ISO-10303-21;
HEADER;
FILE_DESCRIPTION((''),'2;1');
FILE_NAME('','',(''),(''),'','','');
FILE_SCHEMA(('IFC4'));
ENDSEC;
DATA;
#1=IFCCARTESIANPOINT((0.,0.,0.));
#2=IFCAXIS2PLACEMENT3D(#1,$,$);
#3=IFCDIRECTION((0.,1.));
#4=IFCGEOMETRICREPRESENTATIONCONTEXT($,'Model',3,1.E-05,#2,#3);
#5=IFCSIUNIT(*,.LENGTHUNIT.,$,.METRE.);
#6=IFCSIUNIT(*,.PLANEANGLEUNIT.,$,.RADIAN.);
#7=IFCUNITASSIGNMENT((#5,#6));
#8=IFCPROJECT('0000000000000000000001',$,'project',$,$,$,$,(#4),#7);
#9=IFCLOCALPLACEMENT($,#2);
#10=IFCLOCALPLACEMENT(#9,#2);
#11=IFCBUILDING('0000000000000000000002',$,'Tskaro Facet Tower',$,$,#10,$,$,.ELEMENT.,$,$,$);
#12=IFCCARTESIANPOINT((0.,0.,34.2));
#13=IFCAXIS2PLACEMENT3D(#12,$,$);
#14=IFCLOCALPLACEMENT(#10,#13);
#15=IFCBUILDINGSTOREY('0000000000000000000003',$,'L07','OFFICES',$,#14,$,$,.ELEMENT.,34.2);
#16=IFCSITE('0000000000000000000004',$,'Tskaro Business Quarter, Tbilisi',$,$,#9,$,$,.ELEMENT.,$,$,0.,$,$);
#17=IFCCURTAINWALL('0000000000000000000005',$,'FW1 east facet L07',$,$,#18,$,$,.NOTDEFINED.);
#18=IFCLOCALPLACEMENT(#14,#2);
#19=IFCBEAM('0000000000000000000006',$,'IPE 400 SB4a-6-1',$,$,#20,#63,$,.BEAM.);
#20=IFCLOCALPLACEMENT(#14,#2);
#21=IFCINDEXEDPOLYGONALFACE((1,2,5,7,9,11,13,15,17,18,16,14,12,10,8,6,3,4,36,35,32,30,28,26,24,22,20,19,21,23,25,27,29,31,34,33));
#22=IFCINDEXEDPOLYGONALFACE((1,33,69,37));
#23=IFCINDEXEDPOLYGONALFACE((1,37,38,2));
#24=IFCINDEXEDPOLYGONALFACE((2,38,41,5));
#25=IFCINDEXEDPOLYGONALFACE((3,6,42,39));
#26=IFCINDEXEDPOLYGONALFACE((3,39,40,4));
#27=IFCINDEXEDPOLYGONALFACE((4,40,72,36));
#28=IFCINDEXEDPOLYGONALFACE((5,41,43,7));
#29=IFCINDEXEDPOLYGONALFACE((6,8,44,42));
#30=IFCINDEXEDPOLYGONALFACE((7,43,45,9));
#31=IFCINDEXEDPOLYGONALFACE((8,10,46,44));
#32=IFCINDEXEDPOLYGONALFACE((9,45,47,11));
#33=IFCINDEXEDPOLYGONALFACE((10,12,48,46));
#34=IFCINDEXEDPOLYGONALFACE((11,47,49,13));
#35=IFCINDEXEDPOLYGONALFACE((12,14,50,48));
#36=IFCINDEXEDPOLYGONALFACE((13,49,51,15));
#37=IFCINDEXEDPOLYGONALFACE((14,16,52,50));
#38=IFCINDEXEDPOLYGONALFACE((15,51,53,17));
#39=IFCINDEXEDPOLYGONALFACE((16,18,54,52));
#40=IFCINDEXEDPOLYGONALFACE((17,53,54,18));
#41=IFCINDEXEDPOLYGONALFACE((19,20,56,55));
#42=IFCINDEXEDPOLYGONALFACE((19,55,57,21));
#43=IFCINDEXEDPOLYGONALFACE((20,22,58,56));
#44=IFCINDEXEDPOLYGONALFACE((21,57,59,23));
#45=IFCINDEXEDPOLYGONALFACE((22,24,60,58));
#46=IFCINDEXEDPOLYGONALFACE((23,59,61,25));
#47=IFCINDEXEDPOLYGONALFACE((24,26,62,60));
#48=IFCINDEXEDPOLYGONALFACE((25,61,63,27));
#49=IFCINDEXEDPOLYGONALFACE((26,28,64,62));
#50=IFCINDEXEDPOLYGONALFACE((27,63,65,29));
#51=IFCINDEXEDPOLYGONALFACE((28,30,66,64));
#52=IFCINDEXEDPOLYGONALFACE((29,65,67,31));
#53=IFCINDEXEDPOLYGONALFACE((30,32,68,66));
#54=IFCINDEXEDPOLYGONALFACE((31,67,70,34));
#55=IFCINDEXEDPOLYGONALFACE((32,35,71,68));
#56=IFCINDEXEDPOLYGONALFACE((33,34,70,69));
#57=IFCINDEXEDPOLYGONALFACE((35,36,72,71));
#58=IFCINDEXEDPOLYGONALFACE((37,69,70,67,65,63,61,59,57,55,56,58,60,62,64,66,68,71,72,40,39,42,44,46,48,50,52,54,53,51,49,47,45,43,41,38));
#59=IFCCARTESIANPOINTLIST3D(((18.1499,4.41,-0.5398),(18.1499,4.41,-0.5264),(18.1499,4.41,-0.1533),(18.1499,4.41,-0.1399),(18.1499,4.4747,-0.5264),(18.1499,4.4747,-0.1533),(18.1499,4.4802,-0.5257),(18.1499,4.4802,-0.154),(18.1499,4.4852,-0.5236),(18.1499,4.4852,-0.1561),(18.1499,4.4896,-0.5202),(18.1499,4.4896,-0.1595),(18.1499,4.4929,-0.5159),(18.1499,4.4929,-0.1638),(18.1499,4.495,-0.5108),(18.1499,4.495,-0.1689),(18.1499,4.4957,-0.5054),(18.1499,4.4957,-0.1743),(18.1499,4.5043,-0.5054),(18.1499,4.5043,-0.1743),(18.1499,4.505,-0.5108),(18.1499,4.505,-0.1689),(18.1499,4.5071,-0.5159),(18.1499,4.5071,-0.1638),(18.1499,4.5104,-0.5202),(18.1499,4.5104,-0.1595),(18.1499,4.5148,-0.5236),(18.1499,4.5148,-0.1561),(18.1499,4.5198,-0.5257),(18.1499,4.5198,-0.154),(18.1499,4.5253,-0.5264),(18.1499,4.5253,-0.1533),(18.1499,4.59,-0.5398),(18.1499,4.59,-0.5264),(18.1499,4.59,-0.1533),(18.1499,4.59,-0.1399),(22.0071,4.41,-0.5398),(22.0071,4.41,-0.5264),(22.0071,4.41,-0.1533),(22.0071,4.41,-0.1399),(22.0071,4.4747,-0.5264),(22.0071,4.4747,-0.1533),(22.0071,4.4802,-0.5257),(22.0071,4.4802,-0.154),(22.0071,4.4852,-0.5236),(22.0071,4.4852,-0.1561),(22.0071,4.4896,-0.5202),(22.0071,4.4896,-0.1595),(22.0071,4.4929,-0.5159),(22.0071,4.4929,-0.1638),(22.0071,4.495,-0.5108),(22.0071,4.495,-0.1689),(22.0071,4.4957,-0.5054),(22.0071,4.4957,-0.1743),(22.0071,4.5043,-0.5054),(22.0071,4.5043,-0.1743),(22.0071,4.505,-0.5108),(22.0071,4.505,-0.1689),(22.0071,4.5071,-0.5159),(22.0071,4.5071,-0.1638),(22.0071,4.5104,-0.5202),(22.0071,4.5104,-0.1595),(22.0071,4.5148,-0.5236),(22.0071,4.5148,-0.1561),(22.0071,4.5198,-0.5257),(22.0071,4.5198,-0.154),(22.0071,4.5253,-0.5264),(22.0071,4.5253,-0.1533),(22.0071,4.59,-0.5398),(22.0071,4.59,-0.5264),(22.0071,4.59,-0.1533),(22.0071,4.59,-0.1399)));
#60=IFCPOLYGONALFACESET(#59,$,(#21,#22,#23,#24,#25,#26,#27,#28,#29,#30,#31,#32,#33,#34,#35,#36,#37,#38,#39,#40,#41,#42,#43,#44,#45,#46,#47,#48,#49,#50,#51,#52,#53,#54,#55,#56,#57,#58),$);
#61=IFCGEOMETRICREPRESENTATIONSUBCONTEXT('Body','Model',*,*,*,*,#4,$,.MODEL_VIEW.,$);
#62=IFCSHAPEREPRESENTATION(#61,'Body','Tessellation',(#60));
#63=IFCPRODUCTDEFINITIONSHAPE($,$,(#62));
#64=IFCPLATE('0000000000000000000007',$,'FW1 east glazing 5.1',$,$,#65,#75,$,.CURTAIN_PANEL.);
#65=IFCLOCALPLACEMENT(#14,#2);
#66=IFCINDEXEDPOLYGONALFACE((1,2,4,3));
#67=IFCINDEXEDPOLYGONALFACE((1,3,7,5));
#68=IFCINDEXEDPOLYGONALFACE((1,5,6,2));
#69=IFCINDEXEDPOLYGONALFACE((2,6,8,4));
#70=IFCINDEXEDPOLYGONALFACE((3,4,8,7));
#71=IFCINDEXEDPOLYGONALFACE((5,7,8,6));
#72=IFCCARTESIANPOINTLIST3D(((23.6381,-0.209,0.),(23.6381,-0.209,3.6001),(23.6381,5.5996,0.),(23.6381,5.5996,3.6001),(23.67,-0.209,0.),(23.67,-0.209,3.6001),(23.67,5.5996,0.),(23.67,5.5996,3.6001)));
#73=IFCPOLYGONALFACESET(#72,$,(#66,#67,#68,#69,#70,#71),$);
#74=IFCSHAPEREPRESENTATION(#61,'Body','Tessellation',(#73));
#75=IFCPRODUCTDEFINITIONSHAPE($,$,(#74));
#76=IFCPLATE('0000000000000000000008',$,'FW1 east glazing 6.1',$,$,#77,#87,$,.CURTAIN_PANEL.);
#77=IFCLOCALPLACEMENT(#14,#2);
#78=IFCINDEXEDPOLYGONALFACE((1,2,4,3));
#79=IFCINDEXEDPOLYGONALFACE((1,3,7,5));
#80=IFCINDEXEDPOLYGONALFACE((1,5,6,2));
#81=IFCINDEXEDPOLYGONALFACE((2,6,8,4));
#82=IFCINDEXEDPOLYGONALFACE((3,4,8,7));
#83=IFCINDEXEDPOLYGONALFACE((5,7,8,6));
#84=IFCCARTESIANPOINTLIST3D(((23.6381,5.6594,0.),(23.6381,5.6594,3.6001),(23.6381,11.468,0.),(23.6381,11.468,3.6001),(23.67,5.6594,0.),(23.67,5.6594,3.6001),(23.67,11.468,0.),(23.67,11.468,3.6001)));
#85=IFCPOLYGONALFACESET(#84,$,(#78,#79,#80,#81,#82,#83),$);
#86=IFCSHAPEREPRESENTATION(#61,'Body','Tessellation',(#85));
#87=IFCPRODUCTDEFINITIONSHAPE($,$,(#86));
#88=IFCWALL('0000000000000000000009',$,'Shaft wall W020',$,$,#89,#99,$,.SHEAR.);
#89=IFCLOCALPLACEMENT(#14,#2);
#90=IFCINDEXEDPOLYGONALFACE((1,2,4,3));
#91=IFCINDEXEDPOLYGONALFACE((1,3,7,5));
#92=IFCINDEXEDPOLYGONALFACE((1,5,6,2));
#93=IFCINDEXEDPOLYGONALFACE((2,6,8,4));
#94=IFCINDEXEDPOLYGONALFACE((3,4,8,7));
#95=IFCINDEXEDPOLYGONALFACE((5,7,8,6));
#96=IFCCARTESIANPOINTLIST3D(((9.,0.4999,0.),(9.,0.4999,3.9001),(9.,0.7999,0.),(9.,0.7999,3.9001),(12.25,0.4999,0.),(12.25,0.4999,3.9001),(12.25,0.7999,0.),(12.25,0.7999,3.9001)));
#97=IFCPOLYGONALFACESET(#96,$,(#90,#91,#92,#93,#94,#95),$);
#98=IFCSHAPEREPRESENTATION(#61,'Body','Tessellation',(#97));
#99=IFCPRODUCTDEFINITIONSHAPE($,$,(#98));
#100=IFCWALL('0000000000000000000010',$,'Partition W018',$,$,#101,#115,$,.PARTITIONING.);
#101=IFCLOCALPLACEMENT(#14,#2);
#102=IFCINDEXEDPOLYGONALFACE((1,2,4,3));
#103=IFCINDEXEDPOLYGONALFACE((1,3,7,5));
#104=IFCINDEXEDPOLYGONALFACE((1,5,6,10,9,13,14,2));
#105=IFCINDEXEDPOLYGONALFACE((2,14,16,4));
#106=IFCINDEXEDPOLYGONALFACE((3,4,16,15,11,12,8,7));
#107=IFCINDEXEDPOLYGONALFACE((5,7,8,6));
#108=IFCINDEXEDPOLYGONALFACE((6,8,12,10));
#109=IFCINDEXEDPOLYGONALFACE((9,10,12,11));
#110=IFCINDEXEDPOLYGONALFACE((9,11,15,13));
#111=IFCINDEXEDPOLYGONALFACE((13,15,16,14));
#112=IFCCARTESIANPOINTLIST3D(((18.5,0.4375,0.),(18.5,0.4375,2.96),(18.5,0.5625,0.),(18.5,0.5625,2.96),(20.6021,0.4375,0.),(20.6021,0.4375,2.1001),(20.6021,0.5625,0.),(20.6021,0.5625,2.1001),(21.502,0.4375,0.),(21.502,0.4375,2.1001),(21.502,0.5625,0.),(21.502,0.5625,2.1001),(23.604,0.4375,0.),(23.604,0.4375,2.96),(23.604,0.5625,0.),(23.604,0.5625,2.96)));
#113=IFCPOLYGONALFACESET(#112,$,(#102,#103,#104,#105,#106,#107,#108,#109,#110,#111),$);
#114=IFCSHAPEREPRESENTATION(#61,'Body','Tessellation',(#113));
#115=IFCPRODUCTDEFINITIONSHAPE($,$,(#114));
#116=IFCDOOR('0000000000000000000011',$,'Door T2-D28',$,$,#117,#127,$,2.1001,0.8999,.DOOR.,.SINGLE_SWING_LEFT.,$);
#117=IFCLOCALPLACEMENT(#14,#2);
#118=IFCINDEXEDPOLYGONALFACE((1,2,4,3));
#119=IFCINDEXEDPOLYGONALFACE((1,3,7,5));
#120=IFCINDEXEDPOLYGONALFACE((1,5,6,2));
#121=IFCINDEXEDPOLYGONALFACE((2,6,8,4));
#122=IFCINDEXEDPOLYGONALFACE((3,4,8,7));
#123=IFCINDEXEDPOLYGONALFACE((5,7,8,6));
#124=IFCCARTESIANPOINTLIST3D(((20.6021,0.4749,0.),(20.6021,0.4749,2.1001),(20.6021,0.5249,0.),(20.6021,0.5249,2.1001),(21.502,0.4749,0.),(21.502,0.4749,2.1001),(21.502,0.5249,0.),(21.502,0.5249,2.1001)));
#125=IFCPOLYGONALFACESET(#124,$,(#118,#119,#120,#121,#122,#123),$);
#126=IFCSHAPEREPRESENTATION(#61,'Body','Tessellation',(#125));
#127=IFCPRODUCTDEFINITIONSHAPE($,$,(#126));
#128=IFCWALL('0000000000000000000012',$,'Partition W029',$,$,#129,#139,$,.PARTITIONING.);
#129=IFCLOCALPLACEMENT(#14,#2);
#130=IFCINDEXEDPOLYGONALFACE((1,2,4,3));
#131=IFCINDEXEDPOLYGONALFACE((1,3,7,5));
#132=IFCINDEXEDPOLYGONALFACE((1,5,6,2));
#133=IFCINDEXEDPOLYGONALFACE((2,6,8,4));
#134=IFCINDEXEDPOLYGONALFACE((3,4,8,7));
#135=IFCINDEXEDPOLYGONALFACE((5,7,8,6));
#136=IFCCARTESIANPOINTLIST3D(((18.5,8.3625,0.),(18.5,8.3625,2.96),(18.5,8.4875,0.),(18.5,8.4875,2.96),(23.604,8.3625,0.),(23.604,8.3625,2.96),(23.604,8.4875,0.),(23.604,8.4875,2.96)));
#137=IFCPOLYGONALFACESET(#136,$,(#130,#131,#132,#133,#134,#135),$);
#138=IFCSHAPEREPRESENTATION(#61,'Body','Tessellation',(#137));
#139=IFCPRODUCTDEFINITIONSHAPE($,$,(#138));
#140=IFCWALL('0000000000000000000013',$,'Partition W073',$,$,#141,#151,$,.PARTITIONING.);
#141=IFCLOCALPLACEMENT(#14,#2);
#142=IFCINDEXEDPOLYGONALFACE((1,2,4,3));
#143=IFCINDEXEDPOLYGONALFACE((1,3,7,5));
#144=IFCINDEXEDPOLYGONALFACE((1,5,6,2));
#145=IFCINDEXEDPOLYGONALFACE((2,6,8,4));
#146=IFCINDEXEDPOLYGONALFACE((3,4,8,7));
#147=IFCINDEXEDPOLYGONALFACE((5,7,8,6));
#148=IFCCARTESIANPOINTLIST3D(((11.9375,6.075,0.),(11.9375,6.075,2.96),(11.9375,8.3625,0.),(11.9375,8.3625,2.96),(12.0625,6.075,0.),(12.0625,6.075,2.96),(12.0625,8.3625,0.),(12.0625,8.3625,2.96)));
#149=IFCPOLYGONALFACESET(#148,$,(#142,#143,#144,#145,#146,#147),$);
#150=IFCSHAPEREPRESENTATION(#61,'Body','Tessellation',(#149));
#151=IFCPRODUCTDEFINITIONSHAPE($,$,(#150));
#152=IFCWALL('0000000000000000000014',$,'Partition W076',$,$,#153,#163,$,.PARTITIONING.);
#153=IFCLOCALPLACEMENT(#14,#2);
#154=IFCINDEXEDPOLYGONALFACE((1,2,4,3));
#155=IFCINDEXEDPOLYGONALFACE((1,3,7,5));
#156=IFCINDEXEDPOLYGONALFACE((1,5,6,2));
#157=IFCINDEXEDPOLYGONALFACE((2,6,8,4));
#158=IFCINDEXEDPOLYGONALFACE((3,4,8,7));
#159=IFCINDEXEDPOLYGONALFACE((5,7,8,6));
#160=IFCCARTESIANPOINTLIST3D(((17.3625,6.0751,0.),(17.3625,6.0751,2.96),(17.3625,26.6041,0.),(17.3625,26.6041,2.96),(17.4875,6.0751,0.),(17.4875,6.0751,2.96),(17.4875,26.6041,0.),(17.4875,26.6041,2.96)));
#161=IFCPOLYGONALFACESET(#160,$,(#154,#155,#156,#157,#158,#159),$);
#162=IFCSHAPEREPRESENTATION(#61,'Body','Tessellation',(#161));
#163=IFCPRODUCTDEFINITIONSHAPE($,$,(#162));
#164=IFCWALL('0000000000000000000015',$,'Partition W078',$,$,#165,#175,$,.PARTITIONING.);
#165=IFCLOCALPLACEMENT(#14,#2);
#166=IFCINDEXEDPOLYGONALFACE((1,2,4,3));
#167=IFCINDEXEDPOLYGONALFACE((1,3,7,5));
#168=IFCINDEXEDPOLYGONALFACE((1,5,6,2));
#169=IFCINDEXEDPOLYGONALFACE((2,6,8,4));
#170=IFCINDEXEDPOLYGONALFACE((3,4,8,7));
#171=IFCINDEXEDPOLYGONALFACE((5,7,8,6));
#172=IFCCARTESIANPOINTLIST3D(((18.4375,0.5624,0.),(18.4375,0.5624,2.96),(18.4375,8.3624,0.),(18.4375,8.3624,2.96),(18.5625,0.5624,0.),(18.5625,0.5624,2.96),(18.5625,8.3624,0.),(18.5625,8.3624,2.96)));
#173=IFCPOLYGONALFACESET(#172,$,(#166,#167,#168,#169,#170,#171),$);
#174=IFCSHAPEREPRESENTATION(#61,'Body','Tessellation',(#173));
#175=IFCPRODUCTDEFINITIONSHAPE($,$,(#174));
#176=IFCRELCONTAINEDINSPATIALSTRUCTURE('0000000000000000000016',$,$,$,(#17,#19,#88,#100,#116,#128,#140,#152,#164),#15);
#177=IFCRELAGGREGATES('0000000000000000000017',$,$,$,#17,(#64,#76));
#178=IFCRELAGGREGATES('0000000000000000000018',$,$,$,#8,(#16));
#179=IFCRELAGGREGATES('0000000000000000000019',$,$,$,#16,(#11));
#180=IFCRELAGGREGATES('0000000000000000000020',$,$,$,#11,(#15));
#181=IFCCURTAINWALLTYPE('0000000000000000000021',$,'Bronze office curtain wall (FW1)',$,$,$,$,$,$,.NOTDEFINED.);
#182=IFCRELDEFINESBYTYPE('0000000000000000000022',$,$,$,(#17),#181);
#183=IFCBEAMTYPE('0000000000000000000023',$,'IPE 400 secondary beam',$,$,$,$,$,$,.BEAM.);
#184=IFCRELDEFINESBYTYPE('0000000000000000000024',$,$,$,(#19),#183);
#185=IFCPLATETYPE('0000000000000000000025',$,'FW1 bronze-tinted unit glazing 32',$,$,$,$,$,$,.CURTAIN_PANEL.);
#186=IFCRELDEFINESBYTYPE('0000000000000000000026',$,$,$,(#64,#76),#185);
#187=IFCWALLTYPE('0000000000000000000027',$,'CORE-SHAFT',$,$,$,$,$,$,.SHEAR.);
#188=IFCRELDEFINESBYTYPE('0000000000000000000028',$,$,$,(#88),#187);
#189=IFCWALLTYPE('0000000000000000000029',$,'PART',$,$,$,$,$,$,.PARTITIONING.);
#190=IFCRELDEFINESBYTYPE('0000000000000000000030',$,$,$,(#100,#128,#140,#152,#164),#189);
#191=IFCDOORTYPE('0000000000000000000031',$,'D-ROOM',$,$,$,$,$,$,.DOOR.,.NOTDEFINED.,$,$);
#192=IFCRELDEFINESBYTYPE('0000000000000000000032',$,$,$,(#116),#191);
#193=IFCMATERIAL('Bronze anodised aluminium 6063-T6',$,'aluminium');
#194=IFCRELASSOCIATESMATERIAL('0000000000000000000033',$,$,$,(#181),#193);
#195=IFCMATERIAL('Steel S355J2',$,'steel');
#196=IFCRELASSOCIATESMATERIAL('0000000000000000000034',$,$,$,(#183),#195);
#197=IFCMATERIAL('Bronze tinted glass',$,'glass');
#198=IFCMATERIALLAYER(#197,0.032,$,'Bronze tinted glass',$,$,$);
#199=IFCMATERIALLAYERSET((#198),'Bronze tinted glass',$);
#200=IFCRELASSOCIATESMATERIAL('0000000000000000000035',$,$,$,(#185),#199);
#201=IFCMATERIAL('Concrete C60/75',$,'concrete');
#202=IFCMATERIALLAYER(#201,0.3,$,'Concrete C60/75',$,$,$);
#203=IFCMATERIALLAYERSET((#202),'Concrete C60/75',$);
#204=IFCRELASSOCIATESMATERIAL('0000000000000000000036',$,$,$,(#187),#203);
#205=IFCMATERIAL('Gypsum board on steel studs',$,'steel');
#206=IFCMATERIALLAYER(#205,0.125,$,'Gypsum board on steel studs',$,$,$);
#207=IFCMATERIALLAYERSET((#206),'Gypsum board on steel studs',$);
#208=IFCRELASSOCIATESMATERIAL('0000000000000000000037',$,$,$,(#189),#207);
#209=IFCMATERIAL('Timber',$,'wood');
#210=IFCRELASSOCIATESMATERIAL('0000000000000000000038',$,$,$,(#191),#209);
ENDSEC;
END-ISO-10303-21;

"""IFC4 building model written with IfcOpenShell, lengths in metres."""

from ifc_helpers import new_model, si_unit, direction, frame, frame_2d, origin, origin_2d, place, context, subcontext, project, spatial, rectangle, i_section, extrude, material, layer, layer_set, material_profile, profile_set, type_object, element, fill, aggregate, save


model = new_model("IFC4")

# Units and contexts
model_context = context("Model", 3, precision=1e-05, world=origin(), true_north=direction((0.0, 1.0)))
body_context = subcontext(model_context, "Body", "Model", "MODEL_VIEW")
ifc_project = project(units=[si_unit("LENGTHUNIT", "METRE"), si_unit("PLANEANGLEUNIT", "RADIAN")], contexts=[model_context])

# Site, building, storey
site_placement = place(None, origin())
site = spatial("IfcSite", under=ifc_project, at=site_placement, Name="Tskaro Business Quarter, Tbilisi", CompositionType="ELEMENT", RefElevation=0.0)
building_placement = place(site_placement, origin())
building = spatial("IfcBuilding", under=site, at=building_placement, Name="Tskaro Facet Tower", CompositionType="ELEMENT")
storey_placement = place(building_placement, frame((0.0, 0.0, 34.2)))
storey = spatial("IfcBuildingStorey", under=building, at=storey_placement, Name="L07", Description="OFFICES", CompositionType="ELEMENT", Elevation=34.2)

# Curtain wall
ifc_material_1 = material(Name="Bronze anodised aluminium 6063-T6", Category="aluminium")
curtain_wall_type = type_object("IfcCurtainWallType", Name="Bronze office curtain wall (FW1)", PredefinedType="NOTDEFINED", material=ifc_material_1)
curtain_wall_placement = place(storey_placement, origin())
curtain_wall = element("IfcCurtainWall", 1, at=curtain_wall_placement, inside=storey, type_object=curtain_wall_type, Name="FW1 east facet L07", PredefinedType="NOTDEFINED")

# Beam
ifc_material_2 = material(Name="Steel S355J2", Category="steel")
ifc_material_profile_1 = material_profile(ifc_material_2, i_section(OverallWidth=0.1799, OverallDepth=0.3999, WebThickness=0.0085, FlangeThickness=0.0134, FilletRadius=0.021, at=origin_2d()), Name="IPE 400")
ifc_profile_set_1 = profile_set([ifc_material_profile_1], Name="Steel S355J2")
beam_type_1 = type_object("IfcBeamType", Name="IPE 400 secondary beam", PredefinedType="BEAM", material=ifc_profile_set_1)
beam_1_placement = place(storey_placement, frame((18.1499, 4.5, -0.3398), z_axis=(1.0, 0.0, 0.0), x_axis=(0.0, 1.0, 0.0)))
element("IfcBeam", 2, at=beam_1_placement, inside=storey, type_object=beam_type_1, Name="IPE 400 SB4a-6-1", PredefinedType="BEAM", context=body_context, shape_type="SweptSolid", body=[
    extrude(i_section(OverallWidth=0.1799, OverallDepth=0.3999, WebThickness=0.0085, FlangeThickness=0.0134, FilletRadius=0.021, at=origin_2d()), origin(), (0.0, 0.0, 1.0), 3.8572),
])

# Plates
ifc_material_3 = material(Name="Bronze tinted glass", Category="glass")
ifc_layer_1 = layer(ifc_material_3, 0.032, Name="Bronze tinted glass")
ifc_layer_set_1 = layer_set([ifc_layer_1], Name="Bronze tinted glass")
plate_type = type_object("IfcPlateType", Name="FW1 bronze-tinted unit glazing 32", PredefinedType="CURTAIN_PANEL", material=ifc_layer_set_1)
plate_1_placement = place(storey_placement, frame((23.6541, 2.6953, 0.0), z_axis=(0.0, 0.0, 1.0), x_axis=(0.0, 1.0, 0.0)))
plate_1 = element("IfcPlate", 3, at=plate_1_placement, type_object=plate_type, Name="FW1 east glazing 5.1", PredefinedType="CURTAIN_PANEL", context=body_context, shape_type="SweptSolid", body=[
    extrude(rectangle(XDim=5.8086, YDim=0.032, at=origin_2d()), origin(), (0.0, 0.0, 1.0), 3.6001),
])
plate_2_placement = place(storey_placement, frame((23.6541, 8.5637, 0.0), z_axis=(0.0, 0.0, 1.0), x_axis=(0.0, 1.0, 0.0)))
plate_2 = element("IfcPlate", 4, at=plate_2_placement, type_object=plate_type, Name="FW1 east glazing 6.1", PredefinedType="CURTAIN_PANEL", context=body_context, shape_type="SweptSolid", body=[
    extrude(rectangle(XDim=5.8086, YDim=0.032, at=origin_2d()), origin(), (0.0, 0.0, 1.0), 3.6001),
])
aggregate(curtain_wall, [plate_1, plate_2])

# Wall
ifc_material_4 = material(Name="Concrete C60/75", Category="concrete")
ifc_layer_2 = layer(ifc_material_4, 0.3, Name="Concrete C60/75")
ifc_layer_set_2 = layer_set([ifc_layer_2], Name="Concrete C60/75")
wall_type_1 = type_object("IfcWallType", Name="CORE-SHAFT", PredefinedType="SHEAR", material=ifc_layer_set_2)
wall_1_placement = place(storey_placement, frame((12.25, 0.6499, 0.0), z_axis=(0.0, 0.0, 1.0), x_axis=(-1.0, 0.0, 0.0)))
element("IfcWall", 5, at=wall_1_placement, inside=storey, type_object=wall_type_1, Name="Shaft wall W020", PredefinedType="SHEAR", context=body_context, shape_type="SweptSolid", body=[
    extrude(rectangle(XDim=3.25, YDim=0.3, at=frame_2d((1.625, 0.0))), origin(), (0.0, 0.0, 1.0), 3.9001),
])

# Wall, opening, door
ifc_material_5 = material(Name="Gypsum board on steel studs", Category="steel")
ifc_layer_3 = layer(ifc_material_5, 0.125, Name="Gypsum board on steel studs")
ifc_layer_set_3 = layer_set([ifc_layer_3], Name="Gypsum board on steel studs")
wall_type_2 = type_object("IfcWallType", Name="PART", PredefinedType="PARTITIONING", material=ifc_layer_set_3)
wall_2_placement = place(storey_placement, frame((18.5, 0.5, 0.0), z_axis=(0.0, 0.0, 1.0), x_axis=(1.0, 0.0, 0.0)))
wall_2 = element("IfcWall", 6, at=wall_2_placement, inside=storey, type_object=wall_type_2, Name="Partition W018", PredefinedType="PARTITIONING", context=body_context, shape_type="SweptSolid", body=[
    extrude(rectangle(XDim=5.104, YDim=0.125, at=frame_2d((2.552, 0.0))), origin(), (0.0, 0.0, 1.0), 2.96),
])
opening_1_placement = place(wall_2_placement, frame((2.1021, 0.0, 0.0)))
opening_1 = element("IfcOpeningElement", 7, at=opening_1_placement, cuts=wall_2, PredefinedType="OPENING", context=body_context, shape_type="SweptSolid", body=[
    extrude(rectangle(XDim=0.8999, YDim=2.1001, at=frame_2d((0.45, 1.05))), frame((0.0, 0.0725, 0.0), z_axis=(0.0, -1.0, 0.0), x_axis=(1.0, 0.0, 0.0)), (0.0, 0.0, 1.0), 0.145),
])
ifc_material_6 = material(Name="Timber", Category="wood")
door_type_1 = type_object("IfcDoorType", Name="D-ROOM", OperationType="NOTDEFINED", PredefinedType="DOOR", material=ifc_material_6)
door_1_placement = place(opening_1_placement, origin())
door_1 = element("IfcDoor", 8, at=door_1_placement, inside=storey, type_object=door_type_1, Name="Door T2-D28", OperationType="SINGLE_SWING_LEFT", OverallHeight=2.1001, OverallWidth=0.8999, PredefinedType="DOOR", context=body_context, shape_type="SweptSolid", body=[
    extrude(rectangle(XDim=0.8999, YDim=2.1001, at=frame_2d((0.45, 1.05))), frame((0.0, 0.0249, 0.0), z_axis=(0.0, -1.0, 0.0), x_axis=(1.0, 0.0, 0.0)), (0.0, 0.0, 1.0), 0.05),
])
fill(opening_1, door_1)

# Walls
wall_3_placement = place(storey_placement, frame((18.5, 8.425, 0.0), z_axis=(0.0, 0.0, 1.0), x_axis=(1.0, 0.0, 0.0)))
element("IfcWall", 9, at=wall_3_placement, inside=storey, type_object=wall_type_2, Name="Partition W029", PredefinedType="PARTITIONING", context=body_context, shape_type="SweptSolid", body=[
    extrude(rectangle(XDim=5.104, YDim=0.125, at=frame_2d((2.552, 0.0))), origin(), (0.0, 0.0, 1.0), 2.96),
])
wall_4_placement = place(storey_placement, frame((12.0, 6.075, 0.0), z_axis=(0.0, 0.0, 1.0), x_axis=(0.0, 1.0, 0.0)))
element("IfcWall", 10, at=wall_4_placement, inside=storey, type_object=wall_type_2, Name="Partition W073", PredefinedType="PARTITIONING", context=body_context, shape_type="SweptSolid", body=[
    extrude(rectangle(XDim=2.2876, YDim=0.125, at=frame_2d((1.1438, 0.0))), origin(), (0.0, 0.0, 1.0), 2.96),
])
wall_5_placement = place(storey_placement, frame((17.425, 6.075, 0.0), z_axis=(0.0, 0.0, 1.0), x_axis=(0.0, 1.0, 0.0)))
element("IfcWall", 11, at=wall_5_placement, inside=storey, type_object=wall_type_2, Name="Partition W076", PredefinedType="PARTITIONING", context=body_context, shape_type="SweptSolid", body=[
    extrude(rectangle(XDim=20.5291, YDim=0.125, at=frame_2d((10.2646, 0.0))), origin(), (0.0, 0.0, 1.0), 2.96),
])
wall_6_placement = place(storey_placement, frame((18.5, 0.5625, 0.0), z_axis=(0.0, 0.0, 1.0), x_axis=(0.0, 1.0, 0.0)))
element("IfcWall", 12, at=wall_6_placement, inside=storey, type_object=wall_type_2, Name="Partition W078", PredefinedType="PARTITIONING", context=body_context, shape_type="SweptSolid", body=[
    extrude(rectangle(XDim=7.8, YDim=0.125, at=frame_2d((3.8999, 0.0))), origin(), (0.0, 0.0, 1.0), 2.96),
])

save(model, "model.ifc")
